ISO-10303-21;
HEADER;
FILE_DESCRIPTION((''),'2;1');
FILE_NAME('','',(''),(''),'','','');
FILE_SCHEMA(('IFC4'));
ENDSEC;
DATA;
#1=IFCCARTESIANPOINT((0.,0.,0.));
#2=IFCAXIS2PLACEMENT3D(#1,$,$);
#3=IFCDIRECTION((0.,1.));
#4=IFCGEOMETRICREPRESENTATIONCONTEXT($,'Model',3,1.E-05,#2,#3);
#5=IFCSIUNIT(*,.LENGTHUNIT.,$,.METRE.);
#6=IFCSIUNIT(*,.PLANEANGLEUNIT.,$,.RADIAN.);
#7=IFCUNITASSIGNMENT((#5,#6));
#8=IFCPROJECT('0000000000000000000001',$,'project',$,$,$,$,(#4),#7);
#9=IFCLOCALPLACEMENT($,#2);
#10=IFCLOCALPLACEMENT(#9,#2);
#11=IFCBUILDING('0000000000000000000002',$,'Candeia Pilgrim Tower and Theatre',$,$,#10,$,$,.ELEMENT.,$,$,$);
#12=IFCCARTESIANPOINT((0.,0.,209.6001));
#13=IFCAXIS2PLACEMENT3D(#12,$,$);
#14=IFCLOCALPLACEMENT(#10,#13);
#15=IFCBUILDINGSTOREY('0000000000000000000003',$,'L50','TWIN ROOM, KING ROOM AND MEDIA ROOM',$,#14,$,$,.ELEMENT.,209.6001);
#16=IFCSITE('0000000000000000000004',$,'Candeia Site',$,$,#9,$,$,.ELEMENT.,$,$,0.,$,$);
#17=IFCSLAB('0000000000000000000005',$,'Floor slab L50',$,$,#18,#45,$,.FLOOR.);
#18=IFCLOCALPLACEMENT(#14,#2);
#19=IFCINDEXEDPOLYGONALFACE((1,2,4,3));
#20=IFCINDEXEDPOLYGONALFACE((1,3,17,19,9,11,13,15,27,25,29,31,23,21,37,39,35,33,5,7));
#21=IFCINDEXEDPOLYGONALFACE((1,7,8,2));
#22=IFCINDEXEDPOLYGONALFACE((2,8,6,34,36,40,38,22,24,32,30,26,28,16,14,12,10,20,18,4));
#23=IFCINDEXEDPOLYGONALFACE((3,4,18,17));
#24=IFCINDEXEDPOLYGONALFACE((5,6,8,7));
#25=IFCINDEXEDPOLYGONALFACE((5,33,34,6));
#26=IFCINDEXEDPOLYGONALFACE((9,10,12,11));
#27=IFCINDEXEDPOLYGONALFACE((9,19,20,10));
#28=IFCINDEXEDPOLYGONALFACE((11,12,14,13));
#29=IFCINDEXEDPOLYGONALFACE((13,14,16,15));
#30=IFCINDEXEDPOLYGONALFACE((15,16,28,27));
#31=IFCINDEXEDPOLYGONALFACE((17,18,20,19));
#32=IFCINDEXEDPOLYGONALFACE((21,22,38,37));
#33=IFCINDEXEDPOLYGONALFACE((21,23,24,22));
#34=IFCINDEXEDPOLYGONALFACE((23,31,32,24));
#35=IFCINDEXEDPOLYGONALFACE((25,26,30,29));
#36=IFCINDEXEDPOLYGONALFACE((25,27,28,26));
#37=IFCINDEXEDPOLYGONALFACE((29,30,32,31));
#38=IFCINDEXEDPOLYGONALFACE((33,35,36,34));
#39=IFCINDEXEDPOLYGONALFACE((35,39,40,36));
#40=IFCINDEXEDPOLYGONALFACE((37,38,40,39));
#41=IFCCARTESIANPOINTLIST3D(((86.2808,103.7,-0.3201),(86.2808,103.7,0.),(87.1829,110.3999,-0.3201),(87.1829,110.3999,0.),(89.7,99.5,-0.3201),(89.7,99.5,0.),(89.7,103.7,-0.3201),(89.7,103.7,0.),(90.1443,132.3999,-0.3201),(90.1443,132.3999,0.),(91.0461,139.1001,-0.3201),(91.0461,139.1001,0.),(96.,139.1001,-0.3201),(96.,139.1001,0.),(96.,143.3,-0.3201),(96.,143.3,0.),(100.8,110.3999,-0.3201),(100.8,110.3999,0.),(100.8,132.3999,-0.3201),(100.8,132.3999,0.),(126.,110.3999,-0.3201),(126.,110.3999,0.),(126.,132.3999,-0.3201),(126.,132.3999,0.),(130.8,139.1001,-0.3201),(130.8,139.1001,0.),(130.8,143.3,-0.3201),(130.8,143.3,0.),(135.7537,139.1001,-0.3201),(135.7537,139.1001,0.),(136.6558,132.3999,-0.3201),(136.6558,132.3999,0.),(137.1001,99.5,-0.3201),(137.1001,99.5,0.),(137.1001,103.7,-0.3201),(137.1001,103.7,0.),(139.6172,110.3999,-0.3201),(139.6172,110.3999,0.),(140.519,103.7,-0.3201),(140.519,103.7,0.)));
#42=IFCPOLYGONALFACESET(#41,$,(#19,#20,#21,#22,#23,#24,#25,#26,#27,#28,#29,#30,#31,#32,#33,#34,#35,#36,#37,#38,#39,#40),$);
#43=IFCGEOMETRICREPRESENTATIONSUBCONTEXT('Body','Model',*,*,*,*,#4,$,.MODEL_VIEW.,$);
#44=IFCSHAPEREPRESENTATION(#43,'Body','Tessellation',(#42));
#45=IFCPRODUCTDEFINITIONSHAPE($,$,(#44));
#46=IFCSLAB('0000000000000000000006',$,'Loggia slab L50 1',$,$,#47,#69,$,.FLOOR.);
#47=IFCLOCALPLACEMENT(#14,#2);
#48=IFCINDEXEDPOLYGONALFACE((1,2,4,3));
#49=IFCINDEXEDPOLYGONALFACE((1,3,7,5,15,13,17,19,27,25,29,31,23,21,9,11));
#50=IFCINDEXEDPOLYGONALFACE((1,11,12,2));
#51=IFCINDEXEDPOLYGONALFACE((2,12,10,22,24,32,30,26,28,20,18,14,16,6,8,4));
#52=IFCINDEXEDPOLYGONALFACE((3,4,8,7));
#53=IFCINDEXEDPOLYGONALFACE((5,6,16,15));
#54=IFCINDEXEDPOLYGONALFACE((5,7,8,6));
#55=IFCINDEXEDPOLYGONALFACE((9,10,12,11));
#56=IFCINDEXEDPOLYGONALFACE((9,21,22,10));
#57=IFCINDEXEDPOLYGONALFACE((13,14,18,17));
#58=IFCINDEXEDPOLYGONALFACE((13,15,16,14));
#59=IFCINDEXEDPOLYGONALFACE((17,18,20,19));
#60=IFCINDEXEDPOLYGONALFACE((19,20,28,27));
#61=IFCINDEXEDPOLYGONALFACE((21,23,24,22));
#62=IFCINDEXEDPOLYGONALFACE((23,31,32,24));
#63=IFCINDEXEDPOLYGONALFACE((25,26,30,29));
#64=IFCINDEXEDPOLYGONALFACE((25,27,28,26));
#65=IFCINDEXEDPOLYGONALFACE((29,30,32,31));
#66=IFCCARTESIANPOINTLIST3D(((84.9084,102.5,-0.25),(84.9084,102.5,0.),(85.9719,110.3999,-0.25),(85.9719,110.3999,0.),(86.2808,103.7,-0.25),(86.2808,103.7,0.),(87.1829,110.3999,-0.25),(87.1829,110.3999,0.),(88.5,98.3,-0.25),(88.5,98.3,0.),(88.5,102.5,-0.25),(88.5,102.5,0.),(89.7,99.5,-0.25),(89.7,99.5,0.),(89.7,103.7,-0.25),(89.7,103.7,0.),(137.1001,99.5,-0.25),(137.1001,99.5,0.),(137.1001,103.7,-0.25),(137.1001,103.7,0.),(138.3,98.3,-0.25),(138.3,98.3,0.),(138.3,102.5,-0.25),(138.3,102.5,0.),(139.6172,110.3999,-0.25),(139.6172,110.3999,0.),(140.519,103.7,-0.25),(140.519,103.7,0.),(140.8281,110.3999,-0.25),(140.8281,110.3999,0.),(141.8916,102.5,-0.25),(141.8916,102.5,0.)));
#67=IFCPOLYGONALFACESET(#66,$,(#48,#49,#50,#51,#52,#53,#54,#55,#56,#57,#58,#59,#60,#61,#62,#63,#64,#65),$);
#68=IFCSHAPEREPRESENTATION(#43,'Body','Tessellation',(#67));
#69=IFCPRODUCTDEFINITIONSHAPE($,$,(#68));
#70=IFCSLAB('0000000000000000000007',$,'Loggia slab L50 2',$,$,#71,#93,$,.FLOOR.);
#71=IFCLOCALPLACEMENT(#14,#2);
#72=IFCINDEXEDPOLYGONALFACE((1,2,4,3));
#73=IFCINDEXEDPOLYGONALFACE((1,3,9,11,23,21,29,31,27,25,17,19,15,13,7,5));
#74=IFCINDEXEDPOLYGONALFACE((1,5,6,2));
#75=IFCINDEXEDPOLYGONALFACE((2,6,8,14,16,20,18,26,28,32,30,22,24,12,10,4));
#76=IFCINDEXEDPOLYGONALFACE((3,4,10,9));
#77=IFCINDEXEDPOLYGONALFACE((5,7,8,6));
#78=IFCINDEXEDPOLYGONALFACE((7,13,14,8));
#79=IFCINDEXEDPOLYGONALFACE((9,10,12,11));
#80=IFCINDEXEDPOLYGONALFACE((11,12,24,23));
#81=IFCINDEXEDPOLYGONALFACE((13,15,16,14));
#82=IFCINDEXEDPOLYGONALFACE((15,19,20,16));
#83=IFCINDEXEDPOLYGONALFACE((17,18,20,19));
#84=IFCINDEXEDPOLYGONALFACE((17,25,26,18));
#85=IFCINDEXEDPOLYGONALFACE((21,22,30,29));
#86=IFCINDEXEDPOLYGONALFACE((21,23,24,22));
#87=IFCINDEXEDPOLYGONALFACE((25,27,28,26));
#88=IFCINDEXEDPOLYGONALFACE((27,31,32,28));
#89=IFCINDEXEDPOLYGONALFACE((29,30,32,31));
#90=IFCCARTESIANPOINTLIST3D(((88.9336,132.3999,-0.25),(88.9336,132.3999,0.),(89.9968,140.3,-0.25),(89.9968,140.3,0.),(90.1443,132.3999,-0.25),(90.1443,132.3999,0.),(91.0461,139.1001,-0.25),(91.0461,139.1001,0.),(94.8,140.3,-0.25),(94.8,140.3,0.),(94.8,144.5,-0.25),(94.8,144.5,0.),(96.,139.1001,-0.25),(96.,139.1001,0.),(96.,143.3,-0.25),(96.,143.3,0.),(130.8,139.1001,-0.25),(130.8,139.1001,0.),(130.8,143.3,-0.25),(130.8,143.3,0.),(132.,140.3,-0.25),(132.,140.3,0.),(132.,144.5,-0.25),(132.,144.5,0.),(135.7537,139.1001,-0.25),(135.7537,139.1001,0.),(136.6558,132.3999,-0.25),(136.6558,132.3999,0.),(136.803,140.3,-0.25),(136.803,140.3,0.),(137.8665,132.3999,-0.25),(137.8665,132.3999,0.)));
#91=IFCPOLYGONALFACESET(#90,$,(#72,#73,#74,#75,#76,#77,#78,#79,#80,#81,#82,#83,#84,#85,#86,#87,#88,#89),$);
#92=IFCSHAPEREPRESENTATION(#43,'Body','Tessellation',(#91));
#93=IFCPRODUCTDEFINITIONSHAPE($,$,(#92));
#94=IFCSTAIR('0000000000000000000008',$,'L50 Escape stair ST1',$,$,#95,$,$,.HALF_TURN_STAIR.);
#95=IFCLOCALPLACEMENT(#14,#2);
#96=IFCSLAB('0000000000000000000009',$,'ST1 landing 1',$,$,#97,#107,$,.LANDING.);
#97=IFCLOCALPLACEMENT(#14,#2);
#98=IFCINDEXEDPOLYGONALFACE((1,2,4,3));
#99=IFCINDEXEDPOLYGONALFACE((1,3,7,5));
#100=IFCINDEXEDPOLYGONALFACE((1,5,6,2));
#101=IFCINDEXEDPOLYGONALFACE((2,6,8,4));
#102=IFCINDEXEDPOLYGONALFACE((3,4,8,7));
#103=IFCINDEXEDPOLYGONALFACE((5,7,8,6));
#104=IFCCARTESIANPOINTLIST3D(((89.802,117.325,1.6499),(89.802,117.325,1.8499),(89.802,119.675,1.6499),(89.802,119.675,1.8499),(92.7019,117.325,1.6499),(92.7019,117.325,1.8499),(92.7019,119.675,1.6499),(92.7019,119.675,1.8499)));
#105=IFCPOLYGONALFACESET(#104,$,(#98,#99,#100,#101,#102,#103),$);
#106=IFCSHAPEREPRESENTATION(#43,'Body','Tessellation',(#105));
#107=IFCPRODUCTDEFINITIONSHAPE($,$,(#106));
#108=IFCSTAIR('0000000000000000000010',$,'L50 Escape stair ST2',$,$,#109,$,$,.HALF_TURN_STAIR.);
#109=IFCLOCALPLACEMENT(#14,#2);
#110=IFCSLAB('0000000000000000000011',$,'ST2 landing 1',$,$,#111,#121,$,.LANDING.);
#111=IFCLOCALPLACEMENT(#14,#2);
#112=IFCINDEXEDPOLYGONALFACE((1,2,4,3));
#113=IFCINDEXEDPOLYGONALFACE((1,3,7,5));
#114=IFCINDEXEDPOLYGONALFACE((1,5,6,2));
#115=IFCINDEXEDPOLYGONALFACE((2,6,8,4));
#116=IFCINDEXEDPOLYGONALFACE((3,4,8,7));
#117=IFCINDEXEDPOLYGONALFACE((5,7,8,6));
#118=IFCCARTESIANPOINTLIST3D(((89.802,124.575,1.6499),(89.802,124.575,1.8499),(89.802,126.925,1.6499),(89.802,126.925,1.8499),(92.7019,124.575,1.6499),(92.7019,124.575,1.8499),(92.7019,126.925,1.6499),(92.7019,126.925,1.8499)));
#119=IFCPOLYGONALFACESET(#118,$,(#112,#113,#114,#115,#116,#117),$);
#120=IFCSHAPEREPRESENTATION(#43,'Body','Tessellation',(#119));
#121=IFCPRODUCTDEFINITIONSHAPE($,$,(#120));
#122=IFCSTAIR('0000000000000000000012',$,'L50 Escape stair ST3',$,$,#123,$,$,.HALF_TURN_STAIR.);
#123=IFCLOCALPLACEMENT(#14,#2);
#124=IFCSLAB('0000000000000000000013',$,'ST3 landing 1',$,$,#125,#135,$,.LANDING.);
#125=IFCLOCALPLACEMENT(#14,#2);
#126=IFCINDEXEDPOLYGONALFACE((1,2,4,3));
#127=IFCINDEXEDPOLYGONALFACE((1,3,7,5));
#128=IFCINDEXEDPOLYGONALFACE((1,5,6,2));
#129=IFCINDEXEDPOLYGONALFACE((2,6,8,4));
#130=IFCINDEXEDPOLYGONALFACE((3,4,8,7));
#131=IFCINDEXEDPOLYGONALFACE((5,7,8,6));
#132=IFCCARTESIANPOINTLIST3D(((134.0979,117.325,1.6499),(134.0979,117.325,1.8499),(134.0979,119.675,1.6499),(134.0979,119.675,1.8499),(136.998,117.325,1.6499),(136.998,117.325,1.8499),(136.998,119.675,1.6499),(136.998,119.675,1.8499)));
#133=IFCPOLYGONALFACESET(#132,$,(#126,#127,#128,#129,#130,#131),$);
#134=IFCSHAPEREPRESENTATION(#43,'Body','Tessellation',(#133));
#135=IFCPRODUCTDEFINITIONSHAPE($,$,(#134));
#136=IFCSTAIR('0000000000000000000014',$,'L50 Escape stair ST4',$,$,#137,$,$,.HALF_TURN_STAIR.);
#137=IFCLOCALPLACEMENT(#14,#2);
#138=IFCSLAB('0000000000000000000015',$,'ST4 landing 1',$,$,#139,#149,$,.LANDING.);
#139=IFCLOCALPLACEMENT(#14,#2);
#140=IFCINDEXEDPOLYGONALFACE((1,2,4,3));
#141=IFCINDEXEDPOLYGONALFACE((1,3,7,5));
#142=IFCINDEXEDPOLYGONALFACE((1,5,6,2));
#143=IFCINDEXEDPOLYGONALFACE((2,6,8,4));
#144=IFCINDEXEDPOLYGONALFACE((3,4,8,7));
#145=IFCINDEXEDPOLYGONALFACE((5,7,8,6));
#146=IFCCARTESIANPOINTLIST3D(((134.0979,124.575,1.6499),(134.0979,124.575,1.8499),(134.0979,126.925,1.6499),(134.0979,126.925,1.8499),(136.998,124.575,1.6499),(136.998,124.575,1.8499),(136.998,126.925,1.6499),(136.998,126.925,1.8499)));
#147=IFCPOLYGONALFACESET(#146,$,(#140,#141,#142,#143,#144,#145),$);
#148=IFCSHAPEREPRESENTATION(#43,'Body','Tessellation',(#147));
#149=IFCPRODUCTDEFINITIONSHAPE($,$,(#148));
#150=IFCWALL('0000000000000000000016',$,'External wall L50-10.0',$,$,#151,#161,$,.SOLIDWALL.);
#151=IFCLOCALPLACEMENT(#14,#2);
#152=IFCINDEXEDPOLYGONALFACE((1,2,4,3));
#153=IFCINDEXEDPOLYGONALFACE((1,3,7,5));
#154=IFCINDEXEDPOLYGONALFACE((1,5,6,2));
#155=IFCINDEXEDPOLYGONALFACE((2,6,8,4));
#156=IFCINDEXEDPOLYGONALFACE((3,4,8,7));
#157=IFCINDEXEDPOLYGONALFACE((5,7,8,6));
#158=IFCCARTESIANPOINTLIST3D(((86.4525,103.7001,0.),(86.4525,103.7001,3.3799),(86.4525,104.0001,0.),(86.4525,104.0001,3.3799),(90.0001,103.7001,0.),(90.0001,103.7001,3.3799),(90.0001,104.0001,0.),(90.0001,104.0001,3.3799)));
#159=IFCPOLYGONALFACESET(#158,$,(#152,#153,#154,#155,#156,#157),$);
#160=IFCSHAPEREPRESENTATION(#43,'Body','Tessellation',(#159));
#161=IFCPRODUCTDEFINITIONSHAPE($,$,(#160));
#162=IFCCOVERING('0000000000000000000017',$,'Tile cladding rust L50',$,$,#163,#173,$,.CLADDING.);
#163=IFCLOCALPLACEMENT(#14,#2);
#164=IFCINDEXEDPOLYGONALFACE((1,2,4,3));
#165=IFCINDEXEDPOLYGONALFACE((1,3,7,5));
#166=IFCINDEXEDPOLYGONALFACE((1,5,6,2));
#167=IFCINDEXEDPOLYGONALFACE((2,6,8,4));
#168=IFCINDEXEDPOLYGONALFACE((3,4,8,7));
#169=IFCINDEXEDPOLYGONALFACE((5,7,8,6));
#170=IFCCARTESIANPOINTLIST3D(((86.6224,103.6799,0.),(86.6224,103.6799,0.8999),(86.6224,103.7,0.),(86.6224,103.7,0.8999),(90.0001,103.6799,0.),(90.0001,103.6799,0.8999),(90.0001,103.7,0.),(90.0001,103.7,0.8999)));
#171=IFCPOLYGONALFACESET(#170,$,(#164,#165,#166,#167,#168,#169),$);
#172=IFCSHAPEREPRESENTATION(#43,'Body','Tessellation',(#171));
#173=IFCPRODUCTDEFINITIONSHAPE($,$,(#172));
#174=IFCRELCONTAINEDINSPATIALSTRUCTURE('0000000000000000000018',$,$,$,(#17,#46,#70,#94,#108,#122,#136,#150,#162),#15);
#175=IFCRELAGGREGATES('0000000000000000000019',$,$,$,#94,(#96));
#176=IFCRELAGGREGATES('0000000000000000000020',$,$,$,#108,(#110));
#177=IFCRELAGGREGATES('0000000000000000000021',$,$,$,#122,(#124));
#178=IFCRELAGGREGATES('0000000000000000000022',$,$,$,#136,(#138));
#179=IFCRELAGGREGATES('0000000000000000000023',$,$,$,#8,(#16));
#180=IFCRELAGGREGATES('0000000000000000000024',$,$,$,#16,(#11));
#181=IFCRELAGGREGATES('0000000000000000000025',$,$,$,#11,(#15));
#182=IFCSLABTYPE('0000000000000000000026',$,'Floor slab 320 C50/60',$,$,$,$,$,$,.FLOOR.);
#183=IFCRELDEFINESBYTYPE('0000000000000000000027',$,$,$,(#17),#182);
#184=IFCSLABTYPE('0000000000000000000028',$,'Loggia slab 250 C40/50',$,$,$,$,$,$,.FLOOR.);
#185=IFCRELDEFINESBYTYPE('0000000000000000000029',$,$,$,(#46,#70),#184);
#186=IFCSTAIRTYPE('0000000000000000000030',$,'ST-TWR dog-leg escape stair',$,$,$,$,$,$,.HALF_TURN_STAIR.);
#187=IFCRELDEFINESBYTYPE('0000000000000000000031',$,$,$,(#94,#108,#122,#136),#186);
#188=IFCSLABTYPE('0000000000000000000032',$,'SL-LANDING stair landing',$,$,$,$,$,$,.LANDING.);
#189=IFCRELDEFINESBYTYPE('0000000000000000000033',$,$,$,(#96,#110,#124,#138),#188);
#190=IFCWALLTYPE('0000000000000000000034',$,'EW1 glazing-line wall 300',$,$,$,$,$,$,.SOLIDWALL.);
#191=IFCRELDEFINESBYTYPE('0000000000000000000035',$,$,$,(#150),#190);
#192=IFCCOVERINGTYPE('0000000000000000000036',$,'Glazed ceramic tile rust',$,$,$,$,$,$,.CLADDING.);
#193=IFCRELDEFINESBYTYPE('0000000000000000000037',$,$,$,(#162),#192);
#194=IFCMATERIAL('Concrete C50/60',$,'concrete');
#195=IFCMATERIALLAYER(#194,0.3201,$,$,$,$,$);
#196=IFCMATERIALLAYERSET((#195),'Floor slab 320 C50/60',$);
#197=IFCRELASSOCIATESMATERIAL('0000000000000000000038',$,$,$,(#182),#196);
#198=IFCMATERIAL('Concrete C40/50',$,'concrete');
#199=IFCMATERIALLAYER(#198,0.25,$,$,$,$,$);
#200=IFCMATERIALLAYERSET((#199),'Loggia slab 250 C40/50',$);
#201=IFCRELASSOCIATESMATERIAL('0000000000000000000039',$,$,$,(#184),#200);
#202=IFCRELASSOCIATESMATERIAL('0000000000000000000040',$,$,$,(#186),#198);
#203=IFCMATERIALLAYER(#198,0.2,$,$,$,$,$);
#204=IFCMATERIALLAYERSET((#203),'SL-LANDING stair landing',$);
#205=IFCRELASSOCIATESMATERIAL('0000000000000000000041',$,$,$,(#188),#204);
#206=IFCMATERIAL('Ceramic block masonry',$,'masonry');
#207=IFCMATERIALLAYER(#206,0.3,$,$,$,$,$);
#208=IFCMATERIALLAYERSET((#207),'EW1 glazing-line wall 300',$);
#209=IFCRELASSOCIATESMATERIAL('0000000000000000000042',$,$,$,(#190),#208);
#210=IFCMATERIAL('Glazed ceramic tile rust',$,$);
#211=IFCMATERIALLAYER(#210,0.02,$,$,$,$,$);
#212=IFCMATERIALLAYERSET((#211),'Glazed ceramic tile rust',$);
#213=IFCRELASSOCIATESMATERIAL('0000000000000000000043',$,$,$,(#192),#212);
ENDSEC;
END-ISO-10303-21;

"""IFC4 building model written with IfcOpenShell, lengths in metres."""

from ifc_helpers import new_model, si_unit, direction, frame, frame_2d, origin, origin_2d, place, context, subcontext, project, spatial, polyline, rectangle, outline, extrude, material, layer, layer_set, type_object, element, aggregate, save


model = new_model("IFC4")

# Units and contexts
model_context = context("Model", 3, precision=1e-05, world=origin(), true_north=direction((0.0, 1.0)))
body_context = subcontext(model_context, "Body", "Model", "MODEL_VIEW")
ifc_project = project(units=[si_unit("LENGTHUNIT", "METRE"), si_unit("PLANEANGLEUNIT", "RADIAN")], contexts=[model_context])

# Site, building, storey
site_placement = place(None, origin())
site = spatial("IfcSite", under=ifc_project, at=site_placement, Name="Candeia Site", CompositionType="ELEMENT", RefElevation=0.0)
building_placement = place(site_placement, origin())
building = spatial("IfcBuilding", under=site, at=building_placement, Name="Candeia Pilgrim Tower and Theatre", CompositionType="ELEMENT")
storey_placement = place(building_placement, frame((0.0, 0.0, 209.6001)))
storey = spatial("IfcBuildingStorey", under=building, at=storey_placement, Name="L50", Description="TWIN ROOM, KING ROOM AND MEDIA ROOM", CompositionType="ELEMENT", Elevation=209.6001)

# Shared definitions
ifc_material_1 = material(Name="Concrete C50/60", Category="concrete")

# Slabs
ifc_material_2 = material(Name="Concrete C40/50", Category="concrete")
ifc_layer_1 = layer(ifc_material_1, 0.3201)
ifc_layer_set_1 = layer_set([ifc_layer_1], Name="Floor slab 320 C50/60")
slab_type_1 = type_object("IfcSlabType", Name="Floor slab 320 C50/60", PredefinedType="FLOOR", material=ifc_layer_set_1)
slab_1_placement = place(storey_placement, frame((0.0, 0.0, -0.3201)))
element("IfcSlab", 1, at=slab_1_placement, inside=storey, type_object=slab_type_1, Name="Floor slab L50", PredefinedType="FLOOR", context=body_context, shape_type="SweptSolid", body=[
    extrude(outline(polyline([(96.0, 139.1001), (96.0, 143.3), (130.8, 143.3), (130.8, 139.1001), (135.7537, 139.1001), (136.6558, 132.3999), (126.0, 132.3999), (126.0, 110.3999), (139.6172, 110.3999), (140.519, 103.7), (137.1001, 103.7), (137.1001, 99.5), (89.7, 99.5), (89.7, 103.7), (86.2808, 103.7), (87.1829, 110.3999), (100.8, 110.3999), (100.8, 132.3999), (90.1443, 132.3999), (91.0461, 139.1001), (96.0, 139.1001)])), origin(), (0.0, 0.0, 1.0), 0.3201),
])
ifc_layer_2 = layer(ifc_material_2, 0.25)
ifc_layer_set_2 = layer_set([ifc_layer_2], Name="Loggia slab 250 C40/50")
slab_type_2 = type_object("IfcSlabType", Name="Loggia slab 250 C40/50", PredefinedType="FLOOR", material=ifc_layer_set_2)
slab_2_placement = place(storey_placement, frame((0.0, 0.0, -0.25)))
element("IfcSlab", 2, at=slab_2_placement, inside=storey, type_object=slab_type_2, Name="Loggia slab L50 1", PredefinedType="FLOOR", context=body_context, shape_type="SweptSolid", body=[
    extrude(outline(polyline([(87.1829, 110.3999), (86.2808, 103.7), (89.7, 103.7), (89.7, 99.5), (137.1001, 99.5), (137.1001, 103.7), (140.519, 103.7), (139.6172, 110.3999), (140.8281, 110.3999), (141.8916, 102.5), (138.3, 102.5), (138.3, 98.3), (88.5, 98.3), (88.5, 102.5), (84.9084, 102.5), (85.9719, 110.3999), (87.1829, 110.3999)])), origin(), (0.0, 0.0, 1.0), 0.25),
])
slab_3_placement = place(storey_placement, frame((0.0, 0.0, -0.25)))
element("IfcSlab", 3, at=slab_3_placement, inside=storey, type_object=slab_type_2, Name="Loggia slab L50 2", PredefinedType="FLOOR", context=body_context, shape_type="SweptSolid", body=[
    extrude(outline(polyline([(136.6558, 132.3999), (135.7537, 139.1001), (130.8, 139.1001), (130.8, 143.3), (96.0, 143.3), (96.0, 139.1001), (91.0461, 139.1001), (90.1443, 132.3999), (88.9336, 132.3999), (89.9968, 140.3), (94.8, 140.3), (94.8, 144.5), (132.0, 144.5), (132.0, 140.3), (136.803, 140.3), (137.8665, 132.3999), (136.6558, 132.3999)])), origin(), (0.0, 0.0, 1.0), 0.25),
])

# Stairs, slabs
stair_type = type_object("IfcStairType", Name="ST-TWR dog-leg escape stair", PredefinedType="HALF_TURN_STAIR", material=ifc_material_2)
stair_1_placement = place(storey_placement, origin())
stair_1 = element("IfcStair", 4, at=stair_1_placement, inside=storey, type_object=stair_type, Name="L50 Escape stair ST1", PredefinedType="HALF_TURN_STAIR")
ifc_layer_3 = layer(ifc_material_2, 0.2)
ifc_layer_set_3 = layer_set([ifc_layer_3], Name="SL-LANDING stair landing")
slab_type_3 = type_object("IfcSlabType", Name="SL-LANDING stair landing", PredefinedType="LANDING", material=ifc_layer_set_3)
slab_4_placement = place(storey_placement, frame((0.0, 0.0, 1.6499)))
slab_4 = element("IfcSlab", 5, at=slab_4_placement, type_object=slab_type_3, Name="ST1 landing 1", PredefinedType="LANDING", context=body_context, shape_type="SweptSolid", body=[
    extrude(outline(polyline([(89.802, 119.675), (89.802, 117.325), (92.7019, 117.325), (92.7019, 119.675), (89.802, 119.675)])), origin(), (0.0, 0.0, 1.0), 0.2),
])
aggregate(stair_1, [slab_4])
stair_2_placement = place(storey_placement, origin())
stair_2 = element("IfcStair", 6, at=stair_2_placement, inside=storey, type_object=stair_type, Name="L50 Escape stair ST2", PredefinedType="HALF_TURN_STAIR")
slab_5_placement = place(storey_placement, frame((0.0, 0.0, 1.6499)))
slab_5 = element("IfcSlab", 7, at=slab_5_placement, type_object=slab_type_3, Name="ST2 landing 1", PredefinedType="LANDING", context=body_context, shape_type="SweptSolid", body=[
    extrude(outline(polyline([(89.802, 126.925), (89.802, 124.575), (92.7019, 124.575), (92.7019, 126.925), (89.802, 126.925)])), origin(), (0.0, 0.0, 1.0), 0.2),
])
aggregate(stair_2, [slab_5])
stair_3_placement = place(storey_placement, origin())
stair_3 = element("IfcStair", 8, at=stair_3_placement, inside=storey, type_object=stair_type, Name="L50 Escape stair ST3", PredefinedType="HALF_TURN_STAIR")
slab_6_placement = place(storey_placement, frame((0.0, 0.0, 1.6499)))
slab_6 = element("IfcSlab", 9, at=slab_6_placement, type_object=slab_type_3, Name="ST3 landing 1", PredefinedType="LANDING", context=body_context, shape_type="SweptSolid", body=[
    extrude(outline(polyline([(134.0979, 119.675), (134.0979, 117.325), (136.998, 117.325), (136.998, 119.675), (134.0979, 119.675)])), origin(), (0.0, 0.0, 1.0), 0.2),
])
aggregate(stair_3, [slab_6])
stair_4_placement = place(storey_placement, origin())
stair_4 = element("IfcStair", 10, at=stair_4_placement, inside=storey, type_object=stair_type, Name="L50 Escape stair ST4", PredefinedType="HALF_TURN_STAIR")
slab_7_placement = place(storey_placement, frame((0.0, 0.0, 1.6499)))
slab_7 = element("IfcSlab", 11, at=slab_7_placement, type_object=slab_type_3, Name="ST4 landing 1", PredefinedType="LANDING", context=body_context, shape_type="SweptSolid", body=[
    extrude(outline(polyline([(134.0979, 126.925), (134.0979, 124.575), (136.998, 124.575), (136.998, 126.925), (134.0979, 126.925)])), origin(), (0.0, 0.0, 1.0), 0.2),
])
aggregate(stair_4, [slab_7])

# Wall
ifc_material_3 = material(Name="Ceramic block masonry", Category="masonry")
ifc_layer_4 = layer(ifc_material_3, 0.3)
ifc_layer_set_4 = layer_set([ifc_layer_4], Name="EW1 glazing-line wall 300")
wall_type = type_object("IfcWallType", Name="EW1 glazing-line wall 300", PredefinedType="SOLIDWALL", material=ifc_layer_set_4)
wall_placement = place(storey_placement, frame((86.4524, 103.8501, 0.0), z_axis=(0.0, 0.0, 1.0), x_axis=(1.0, 0.0, 0.0)))
element("IfcWall", 12, at=wall_placement, inside=storey, type_object=wall_type, Name="External wall L50-10.0", PredefinedType="SOLIDWALL", context=body_context, shape_type="SweptSolid", body=[
    extrude(rectangle(XDim=3.5476, YDim=0.3, at=frame_2d((1.7739, 0.0))), origin(), (0.0, 0.0, 1.0), 3.3799),
])

# Covering
ifc_material_4 = material(Name="Glazed ceramic tile rust")
ifc_layer_5 = layer(ifc_material_4, 0.02)
ifc_layer_set_5 = layer_set([ifc_layer_5], Name="Glazed ceramic tile rust")
covering_type = type_object("IfcCoveringType", Name="Glazed ceramic tile rust", PredefinedType="CLADDING", material=ifc_layer_set_5)
covering_placement = place(storey_placement, frame((88.3113, 103.6899, 0.0), z_axis=(0.0, 0.0, 1.0), x_axis=(1.0, 0.0, 0.0)))
element("IfcCovering", 13, at=covering_placement, inside=storey, type_object=covering_type, Name="Tile cladding rust L50", PredefinedType="CLADDING", context=body_context, shape_type="SweptSolid", body=[
    extrude(rectangle(XDim=3.3777, YDim=0.02, at=origin_2d()), origin(), (0.0, 0.0, 1.0), 0.8999),
])

save(model, "model.ifc")
